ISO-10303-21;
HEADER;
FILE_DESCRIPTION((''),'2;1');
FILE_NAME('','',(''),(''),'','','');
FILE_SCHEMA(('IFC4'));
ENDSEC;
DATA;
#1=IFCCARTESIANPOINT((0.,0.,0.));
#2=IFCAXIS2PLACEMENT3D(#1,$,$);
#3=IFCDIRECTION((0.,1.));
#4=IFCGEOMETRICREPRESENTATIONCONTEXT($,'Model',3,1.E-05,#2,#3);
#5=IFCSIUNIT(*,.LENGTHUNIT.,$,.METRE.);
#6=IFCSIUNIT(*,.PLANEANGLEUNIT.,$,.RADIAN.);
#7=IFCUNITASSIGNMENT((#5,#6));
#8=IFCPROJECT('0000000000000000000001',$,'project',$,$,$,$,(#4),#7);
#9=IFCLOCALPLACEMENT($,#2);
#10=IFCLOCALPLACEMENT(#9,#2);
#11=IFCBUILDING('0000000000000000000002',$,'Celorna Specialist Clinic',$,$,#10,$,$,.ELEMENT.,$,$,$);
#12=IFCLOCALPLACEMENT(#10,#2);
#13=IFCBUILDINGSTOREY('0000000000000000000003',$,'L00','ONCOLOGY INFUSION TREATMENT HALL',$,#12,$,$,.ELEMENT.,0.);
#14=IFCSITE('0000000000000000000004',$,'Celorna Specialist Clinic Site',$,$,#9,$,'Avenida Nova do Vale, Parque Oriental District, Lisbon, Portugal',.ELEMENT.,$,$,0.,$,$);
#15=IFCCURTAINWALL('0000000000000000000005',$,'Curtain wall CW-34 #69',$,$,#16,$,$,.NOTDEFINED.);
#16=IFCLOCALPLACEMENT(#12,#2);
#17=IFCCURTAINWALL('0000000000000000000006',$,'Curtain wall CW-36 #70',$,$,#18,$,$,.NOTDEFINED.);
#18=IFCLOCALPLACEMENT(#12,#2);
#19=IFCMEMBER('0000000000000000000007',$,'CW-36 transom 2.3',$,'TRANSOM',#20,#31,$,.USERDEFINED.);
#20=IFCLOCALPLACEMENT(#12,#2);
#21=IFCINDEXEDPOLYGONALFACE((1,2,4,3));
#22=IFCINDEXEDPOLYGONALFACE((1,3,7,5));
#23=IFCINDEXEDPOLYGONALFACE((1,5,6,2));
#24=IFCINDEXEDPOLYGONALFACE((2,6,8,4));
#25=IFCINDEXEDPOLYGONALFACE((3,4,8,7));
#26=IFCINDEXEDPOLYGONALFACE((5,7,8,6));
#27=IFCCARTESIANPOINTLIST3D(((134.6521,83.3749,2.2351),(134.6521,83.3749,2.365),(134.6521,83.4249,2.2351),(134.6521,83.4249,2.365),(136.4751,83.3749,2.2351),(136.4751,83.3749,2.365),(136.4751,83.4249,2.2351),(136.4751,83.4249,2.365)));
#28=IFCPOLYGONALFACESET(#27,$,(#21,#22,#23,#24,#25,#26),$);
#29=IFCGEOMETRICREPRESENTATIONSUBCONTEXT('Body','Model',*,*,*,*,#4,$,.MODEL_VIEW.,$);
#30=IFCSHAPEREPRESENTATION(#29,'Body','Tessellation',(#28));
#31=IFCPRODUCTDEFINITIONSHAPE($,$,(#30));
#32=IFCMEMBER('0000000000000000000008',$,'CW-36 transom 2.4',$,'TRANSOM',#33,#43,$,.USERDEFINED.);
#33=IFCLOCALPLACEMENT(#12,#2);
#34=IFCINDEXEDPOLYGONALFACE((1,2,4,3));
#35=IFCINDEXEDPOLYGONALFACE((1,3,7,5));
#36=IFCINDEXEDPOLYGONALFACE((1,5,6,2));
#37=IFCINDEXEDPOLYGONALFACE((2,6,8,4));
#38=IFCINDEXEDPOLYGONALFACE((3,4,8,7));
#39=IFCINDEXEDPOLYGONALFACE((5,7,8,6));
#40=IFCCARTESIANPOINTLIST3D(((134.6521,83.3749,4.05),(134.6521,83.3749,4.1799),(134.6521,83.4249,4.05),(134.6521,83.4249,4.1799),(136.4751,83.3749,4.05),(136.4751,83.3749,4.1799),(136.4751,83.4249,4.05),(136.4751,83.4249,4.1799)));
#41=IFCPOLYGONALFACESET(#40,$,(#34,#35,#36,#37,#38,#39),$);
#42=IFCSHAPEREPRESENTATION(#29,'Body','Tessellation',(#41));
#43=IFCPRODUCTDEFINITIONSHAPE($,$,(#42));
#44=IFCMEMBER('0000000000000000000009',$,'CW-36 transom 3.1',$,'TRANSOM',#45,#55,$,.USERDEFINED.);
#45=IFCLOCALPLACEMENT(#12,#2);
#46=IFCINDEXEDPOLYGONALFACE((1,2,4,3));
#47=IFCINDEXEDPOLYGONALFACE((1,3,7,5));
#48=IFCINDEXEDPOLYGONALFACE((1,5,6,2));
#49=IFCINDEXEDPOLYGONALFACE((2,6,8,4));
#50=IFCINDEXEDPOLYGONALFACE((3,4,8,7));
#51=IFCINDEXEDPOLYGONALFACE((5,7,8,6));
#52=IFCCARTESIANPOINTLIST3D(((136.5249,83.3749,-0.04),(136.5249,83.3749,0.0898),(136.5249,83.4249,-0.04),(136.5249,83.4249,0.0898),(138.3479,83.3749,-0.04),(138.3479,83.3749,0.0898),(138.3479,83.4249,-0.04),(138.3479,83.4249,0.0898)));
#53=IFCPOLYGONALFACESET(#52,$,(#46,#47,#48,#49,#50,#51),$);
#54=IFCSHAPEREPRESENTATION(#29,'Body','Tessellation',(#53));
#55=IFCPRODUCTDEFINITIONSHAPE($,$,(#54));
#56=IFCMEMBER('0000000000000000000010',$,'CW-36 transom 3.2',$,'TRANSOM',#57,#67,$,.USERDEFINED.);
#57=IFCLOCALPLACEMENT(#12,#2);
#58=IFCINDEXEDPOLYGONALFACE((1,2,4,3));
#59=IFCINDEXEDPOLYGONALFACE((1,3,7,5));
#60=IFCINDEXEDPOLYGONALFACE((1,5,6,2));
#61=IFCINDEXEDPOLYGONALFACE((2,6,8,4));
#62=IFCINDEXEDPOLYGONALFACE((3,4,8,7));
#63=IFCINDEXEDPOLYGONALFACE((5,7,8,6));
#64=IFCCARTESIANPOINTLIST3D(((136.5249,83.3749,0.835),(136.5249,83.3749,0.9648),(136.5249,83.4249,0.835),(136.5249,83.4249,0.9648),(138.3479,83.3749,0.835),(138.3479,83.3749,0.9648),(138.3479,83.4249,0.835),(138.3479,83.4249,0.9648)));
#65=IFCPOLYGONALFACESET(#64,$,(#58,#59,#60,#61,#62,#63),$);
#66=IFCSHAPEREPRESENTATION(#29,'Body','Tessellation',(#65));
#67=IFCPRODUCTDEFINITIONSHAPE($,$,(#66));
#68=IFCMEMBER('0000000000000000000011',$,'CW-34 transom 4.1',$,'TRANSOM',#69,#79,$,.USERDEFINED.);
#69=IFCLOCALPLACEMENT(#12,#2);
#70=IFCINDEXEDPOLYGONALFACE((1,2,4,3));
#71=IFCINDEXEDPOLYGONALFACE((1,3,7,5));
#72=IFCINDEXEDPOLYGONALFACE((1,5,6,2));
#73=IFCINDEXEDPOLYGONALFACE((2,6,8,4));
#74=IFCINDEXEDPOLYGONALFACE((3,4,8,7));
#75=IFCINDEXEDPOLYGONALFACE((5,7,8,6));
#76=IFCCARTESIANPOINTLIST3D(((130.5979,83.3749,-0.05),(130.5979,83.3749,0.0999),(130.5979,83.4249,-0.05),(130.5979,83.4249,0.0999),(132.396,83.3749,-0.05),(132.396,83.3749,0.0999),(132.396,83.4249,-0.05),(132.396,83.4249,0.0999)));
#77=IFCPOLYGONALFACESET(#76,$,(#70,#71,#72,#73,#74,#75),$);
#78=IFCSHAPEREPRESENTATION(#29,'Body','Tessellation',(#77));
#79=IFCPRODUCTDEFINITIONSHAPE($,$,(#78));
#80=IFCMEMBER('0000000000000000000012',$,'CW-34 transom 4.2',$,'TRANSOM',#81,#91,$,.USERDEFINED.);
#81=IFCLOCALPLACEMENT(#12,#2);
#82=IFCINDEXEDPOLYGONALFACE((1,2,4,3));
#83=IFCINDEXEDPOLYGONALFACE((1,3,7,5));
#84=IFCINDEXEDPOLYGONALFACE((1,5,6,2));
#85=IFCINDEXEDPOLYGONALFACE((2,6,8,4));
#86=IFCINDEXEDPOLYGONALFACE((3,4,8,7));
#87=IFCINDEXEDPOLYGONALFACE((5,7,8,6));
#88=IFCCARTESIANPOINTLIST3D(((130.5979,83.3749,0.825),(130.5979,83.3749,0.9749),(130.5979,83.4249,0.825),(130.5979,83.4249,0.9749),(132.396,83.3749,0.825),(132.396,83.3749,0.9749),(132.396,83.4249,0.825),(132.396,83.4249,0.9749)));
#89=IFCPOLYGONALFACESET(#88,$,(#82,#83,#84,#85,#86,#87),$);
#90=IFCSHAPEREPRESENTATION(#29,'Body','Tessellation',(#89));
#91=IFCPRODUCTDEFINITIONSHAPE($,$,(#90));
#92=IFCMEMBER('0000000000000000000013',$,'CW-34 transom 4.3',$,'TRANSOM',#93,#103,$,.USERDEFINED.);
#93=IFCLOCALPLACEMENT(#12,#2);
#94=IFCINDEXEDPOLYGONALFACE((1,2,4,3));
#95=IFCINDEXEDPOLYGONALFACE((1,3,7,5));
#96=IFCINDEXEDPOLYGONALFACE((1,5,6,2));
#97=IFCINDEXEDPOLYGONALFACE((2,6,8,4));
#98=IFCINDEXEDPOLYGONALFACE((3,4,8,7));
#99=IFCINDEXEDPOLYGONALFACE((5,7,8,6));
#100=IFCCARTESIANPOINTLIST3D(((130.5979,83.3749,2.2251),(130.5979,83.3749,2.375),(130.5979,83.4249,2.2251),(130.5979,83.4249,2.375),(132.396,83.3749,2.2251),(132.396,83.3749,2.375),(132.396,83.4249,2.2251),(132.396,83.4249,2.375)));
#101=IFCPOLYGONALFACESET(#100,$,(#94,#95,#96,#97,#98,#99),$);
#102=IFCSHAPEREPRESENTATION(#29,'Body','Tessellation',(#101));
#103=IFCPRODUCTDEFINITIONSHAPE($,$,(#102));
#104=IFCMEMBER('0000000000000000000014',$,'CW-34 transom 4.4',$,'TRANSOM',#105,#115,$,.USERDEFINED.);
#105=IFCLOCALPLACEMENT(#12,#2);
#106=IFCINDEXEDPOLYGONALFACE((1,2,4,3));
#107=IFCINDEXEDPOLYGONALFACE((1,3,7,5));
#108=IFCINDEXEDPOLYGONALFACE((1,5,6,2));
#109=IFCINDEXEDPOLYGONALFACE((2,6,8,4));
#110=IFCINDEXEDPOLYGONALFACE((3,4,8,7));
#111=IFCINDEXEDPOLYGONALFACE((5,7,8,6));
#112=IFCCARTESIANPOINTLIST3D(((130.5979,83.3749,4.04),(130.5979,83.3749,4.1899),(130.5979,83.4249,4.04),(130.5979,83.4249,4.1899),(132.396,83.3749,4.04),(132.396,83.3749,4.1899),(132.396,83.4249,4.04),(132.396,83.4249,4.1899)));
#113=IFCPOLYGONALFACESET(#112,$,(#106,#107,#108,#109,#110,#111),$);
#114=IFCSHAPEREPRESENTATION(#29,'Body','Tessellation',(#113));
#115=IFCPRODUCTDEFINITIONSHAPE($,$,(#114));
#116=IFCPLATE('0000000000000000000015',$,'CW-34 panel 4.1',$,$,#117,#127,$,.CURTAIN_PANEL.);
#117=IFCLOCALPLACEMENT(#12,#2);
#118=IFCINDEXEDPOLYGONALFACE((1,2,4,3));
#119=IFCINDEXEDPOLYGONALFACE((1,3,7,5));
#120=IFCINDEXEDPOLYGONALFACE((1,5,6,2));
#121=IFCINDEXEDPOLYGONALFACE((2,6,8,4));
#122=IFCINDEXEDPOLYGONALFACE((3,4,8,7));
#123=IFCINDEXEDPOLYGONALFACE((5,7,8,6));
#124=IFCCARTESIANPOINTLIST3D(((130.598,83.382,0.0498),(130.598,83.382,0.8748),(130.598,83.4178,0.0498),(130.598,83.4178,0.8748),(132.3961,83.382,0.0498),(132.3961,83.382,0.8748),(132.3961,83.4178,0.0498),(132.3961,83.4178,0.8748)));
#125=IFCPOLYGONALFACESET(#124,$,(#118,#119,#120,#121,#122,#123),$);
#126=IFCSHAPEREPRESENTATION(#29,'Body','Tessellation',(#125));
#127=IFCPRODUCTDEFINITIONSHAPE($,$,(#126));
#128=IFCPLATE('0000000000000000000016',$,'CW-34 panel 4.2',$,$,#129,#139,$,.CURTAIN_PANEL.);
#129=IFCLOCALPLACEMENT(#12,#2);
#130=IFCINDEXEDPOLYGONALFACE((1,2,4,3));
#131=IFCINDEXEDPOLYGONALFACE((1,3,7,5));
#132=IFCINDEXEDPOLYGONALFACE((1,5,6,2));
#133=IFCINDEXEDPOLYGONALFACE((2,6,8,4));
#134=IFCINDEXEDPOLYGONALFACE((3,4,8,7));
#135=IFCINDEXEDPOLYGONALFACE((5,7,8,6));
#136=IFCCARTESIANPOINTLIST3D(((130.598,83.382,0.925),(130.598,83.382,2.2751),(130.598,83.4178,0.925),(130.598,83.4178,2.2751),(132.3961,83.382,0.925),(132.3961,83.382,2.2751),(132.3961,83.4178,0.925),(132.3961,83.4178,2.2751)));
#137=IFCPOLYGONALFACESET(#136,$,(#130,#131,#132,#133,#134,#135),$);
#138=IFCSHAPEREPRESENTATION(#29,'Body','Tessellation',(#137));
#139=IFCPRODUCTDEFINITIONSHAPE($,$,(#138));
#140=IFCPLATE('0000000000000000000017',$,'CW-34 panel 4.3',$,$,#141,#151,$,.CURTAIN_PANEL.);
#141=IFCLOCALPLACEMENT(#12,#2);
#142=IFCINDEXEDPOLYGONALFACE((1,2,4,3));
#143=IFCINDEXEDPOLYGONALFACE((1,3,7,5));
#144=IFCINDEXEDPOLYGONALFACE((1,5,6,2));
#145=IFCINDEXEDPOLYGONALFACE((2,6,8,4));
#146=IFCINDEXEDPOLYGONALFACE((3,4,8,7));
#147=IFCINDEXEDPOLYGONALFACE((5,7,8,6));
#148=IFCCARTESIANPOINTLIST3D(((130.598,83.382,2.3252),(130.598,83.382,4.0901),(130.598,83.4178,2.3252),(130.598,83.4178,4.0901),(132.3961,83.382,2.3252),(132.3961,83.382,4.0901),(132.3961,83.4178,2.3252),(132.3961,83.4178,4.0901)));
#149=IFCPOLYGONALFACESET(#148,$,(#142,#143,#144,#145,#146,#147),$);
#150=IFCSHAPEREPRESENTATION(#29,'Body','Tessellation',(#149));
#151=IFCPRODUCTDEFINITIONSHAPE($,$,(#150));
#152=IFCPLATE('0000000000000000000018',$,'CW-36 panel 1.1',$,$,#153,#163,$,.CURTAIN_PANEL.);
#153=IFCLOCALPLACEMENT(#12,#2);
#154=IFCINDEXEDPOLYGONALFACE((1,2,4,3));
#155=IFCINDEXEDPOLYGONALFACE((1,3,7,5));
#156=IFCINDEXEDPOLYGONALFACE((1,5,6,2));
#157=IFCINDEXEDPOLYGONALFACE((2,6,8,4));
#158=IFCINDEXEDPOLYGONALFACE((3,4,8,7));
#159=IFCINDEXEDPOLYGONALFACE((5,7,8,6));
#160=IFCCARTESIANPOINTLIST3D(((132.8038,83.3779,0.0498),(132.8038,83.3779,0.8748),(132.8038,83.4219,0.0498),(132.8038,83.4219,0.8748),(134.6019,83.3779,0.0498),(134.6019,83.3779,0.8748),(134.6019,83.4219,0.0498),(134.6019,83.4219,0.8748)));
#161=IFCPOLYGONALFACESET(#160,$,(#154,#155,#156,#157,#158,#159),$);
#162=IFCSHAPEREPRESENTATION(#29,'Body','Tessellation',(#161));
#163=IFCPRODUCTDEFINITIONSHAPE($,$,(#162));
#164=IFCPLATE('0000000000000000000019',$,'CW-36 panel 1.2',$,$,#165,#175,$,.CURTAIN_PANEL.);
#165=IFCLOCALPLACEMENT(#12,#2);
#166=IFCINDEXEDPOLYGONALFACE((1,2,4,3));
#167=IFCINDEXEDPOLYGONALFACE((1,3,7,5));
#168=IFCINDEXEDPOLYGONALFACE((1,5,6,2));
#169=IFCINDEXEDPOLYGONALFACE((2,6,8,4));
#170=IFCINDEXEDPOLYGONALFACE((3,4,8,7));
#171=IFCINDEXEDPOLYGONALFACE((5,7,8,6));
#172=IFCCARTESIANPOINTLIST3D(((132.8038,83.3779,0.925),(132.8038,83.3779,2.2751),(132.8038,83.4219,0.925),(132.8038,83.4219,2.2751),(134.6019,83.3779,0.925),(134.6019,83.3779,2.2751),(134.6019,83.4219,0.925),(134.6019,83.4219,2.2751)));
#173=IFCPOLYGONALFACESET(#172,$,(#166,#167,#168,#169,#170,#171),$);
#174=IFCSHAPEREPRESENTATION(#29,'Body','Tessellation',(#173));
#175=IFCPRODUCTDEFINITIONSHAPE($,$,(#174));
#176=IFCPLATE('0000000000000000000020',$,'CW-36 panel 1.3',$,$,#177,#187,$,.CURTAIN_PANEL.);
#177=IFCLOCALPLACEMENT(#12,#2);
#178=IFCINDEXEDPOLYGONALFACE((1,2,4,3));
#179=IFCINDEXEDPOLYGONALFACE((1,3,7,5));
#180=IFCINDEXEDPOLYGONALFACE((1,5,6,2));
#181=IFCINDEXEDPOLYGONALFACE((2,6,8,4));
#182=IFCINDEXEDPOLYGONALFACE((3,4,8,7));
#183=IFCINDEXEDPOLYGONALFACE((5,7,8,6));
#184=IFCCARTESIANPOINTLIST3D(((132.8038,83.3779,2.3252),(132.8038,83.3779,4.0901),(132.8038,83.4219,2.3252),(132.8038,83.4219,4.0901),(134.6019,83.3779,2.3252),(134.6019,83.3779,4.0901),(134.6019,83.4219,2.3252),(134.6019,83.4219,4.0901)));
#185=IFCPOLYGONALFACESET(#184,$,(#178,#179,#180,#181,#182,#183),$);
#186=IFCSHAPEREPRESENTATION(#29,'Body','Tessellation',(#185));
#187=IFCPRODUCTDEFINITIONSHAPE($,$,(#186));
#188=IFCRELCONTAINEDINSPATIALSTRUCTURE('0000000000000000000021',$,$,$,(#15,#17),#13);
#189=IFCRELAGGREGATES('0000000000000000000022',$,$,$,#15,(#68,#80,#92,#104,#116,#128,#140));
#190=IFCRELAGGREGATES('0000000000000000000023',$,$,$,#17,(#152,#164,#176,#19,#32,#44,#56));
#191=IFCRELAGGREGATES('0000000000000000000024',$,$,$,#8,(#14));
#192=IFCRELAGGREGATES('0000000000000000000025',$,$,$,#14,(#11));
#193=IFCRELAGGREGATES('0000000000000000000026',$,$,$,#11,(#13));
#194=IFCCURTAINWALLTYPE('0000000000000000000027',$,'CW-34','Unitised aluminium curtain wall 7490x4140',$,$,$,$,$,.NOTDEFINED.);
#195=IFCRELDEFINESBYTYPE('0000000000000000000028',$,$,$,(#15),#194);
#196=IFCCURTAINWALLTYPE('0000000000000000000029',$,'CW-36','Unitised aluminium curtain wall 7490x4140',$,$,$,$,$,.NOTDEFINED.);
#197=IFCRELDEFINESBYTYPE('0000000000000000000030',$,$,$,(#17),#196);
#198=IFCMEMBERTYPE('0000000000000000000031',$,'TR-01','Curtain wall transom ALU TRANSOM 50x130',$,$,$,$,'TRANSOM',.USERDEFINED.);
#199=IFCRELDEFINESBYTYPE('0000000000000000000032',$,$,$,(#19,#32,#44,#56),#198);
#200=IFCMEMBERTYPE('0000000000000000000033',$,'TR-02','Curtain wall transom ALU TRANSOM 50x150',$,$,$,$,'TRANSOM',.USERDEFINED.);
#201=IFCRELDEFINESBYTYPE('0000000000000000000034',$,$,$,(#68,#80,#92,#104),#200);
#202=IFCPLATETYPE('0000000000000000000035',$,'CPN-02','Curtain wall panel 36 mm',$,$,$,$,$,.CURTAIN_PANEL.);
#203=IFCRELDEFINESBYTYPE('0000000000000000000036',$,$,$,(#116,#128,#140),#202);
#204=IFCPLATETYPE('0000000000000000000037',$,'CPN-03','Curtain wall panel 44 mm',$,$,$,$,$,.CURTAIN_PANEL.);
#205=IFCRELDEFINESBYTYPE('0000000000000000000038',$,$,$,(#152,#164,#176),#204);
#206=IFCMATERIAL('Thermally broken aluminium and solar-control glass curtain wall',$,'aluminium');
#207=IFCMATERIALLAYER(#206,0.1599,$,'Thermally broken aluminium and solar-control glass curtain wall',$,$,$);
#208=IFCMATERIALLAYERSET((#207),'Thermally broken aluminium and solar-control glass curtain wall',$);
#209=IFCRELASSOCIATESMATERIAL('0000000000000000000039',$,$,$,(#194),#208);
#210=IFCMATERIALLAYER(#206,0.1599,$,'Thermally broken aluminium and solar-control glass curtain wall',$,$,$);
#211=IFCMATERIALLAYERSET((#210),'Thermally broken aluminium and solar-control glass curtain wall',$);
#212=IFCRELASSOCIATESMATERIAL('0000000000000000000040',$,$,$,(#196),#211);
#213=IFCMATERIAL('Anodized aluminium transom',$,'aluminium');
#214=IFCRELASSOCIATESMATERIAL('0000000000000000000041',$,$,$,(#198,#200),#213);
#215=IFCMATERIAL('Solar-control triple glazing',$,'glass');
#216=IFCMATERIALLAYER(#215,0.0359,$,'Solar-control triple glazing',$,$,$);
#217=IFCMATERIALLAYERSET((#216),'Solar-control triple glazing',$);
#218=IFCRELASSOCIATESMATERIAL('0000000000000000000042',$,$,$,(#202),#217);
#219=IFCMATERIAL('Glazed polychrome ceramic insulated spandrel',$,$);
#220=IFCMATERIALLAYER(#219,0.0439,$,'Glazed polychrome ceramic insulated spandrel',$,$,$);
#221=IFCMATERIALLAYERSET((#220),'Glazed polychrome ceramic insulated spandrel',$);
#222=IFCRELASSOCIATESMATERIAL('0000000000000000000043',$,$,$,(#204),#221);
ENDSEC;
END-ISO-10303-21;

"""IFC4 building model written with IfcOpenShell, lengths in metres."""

from ifc_helpers import new_model, si_unit, direction, frame, origin, origin_2d, place, context, subcontext, project, spatial, rectangle, extrude, material, layer, layer_set, material_profile, profile_set, type_object, element, aggregate, save


model = new_model("IFC4")

# Units and contexts
model_context = context("Model", 3, precision=1e-05, world=origin(), true_north=direction((0.0, 1.0)))
body_context = subcontext(model_context, "Body", "Model", "MODEL_VIEW")
ifc_project = project(units=[si_unit("LENGTHUNIT", "METRE"), si_unit("PLANEANGLEUNIT", "RADIAN")], contexts=[model_context])

# Site, building, storey
site_placement = place(None, origin())
site = spatial("IfcSite", under=ifc_project, at=site_placement, Name="Celorna Specialist Clinic Site", LongName="Avenida Nova do Vale, Parque Oriental District, Lisbon, Portugal", CompositionType="ELEMENT", RefElevation=0.0)
building_placement = place(site_placement, origin())
building = spatial("IfcBuilding", under=site, at=building_placement, Name="Celorna Specialist Clinic", CompositionType="ELEMENT")
storey_placement = place(building_placement, origin())
storey = spatial("IfcBuildingStorey", under=building, at=storey_placement, Name="L00", Description="ONCOLOGY INFUSION TREATMENT HALL", CompositionType="ELEMENT", Elevation=0.0)

# Curtain walls, members
ifc_material_1 = material(Name="Thermally broken aluminium and solar-control glass curtain wall", Category="aluminium")
ifc_layer_1 = layer(ifc_material_1, 0.1599, Name="Thermally broken aluminium and solar-control glass curtain wall")
ifc_layer_set_1 = layer_set([ifc_layer_1], Name="Thermally broken aluminium and solar-control glass curtain wall")
curtain_wall_type_1 = type_object("IfcCurtainWallType", Name="CW-34", Description="Unitised aluminium curtain wall 7490x4140", PredefinedType="NOTDEFINED", material=ifc_layer_set_1)
curtain_wall_1_placement = place(storey_placement, origin())
curtain_wall_1 = element("IfcCurtainWall", 1, at=curtain_wall_1_placement, inside=storey, type_object=curtain_wall_type_1, Name="Curtain wall CW-34 #69", PredefinedType="NOTDEFINED")
ifc_layer_2 = layer(ifc_material_1, 0.1599, Name="Thermally broken aluminium and solar-control glass curtain wall")
ifc_layer_set_2 = layer_set([ifc_layer_2], Name="Thermally broken aluminium and solar-control glass curtain wall")
curtain_wall_type_2 = type_object("IfcCurtainWallType", Name="CW-36", Description="Unitised aluminium curtain wall 7490x4140", PredefinedType="NOTDEFINED", material=ifc_layer_set_2)
curtain_wall_2_placement = place(storey_placement, origin())
curtain_wall_2 = element("IfcCurtainWall", 2, at=curtain_wall_2_placement, inside=storey, type_object=curtain_wall_type_2, Name="Curtain wall CW-36 #70", PredefinedType="NOTDEFINED")
ifc_material_2 = material(Name="Anodized aluminium transom", Category="aluminium")
ifc_material_profile_1 = material_profile(ifc_material_2, rectangle(XDim=0.05, YDim=0.1299, at=origin_2d()), Name="ALU TRANSOM 50x130")
ifc_profile_set_1 = profile_set([ifc_material_profile_1], Name="Anodized aluminium transom")
member_type_1 = type_object("IfcMemberType", Name="TR-01", Description="Curtain wall transom ALU TRANSOM 50x130", ElementType="TRANSOM", PredefinedType="USERDEFINED", material=ifc_profile_set_1)
member_1_placement = place(storey_placement, frame((134.6521, 83.3999, 2.3), z_axis=(1.0, 0.0, 0.0), x_axis=(0.0, 1.0, 0.0)))
member_1 = element("IfcMember", 3, at=member_1_placement, type_object=member_type_1, Name="CW-36 transom 2.3", ObjectType="TRANSOM", PredefinedType="USERDEFINED", context=body_context, shape_type="SweptSolid", body=[
    extrude(rectangle(XDim=0.05, YDim=0.1299, at=origin_2d()), origin(), (0.0, 0.0, 1.0), 1.823),
])
member_2_placement = place(storey_placement, frame((134.6521, 83.3999, 4.115), z_axis=(1.0, 0.0, 0.0), x_axis=(0.0, 1.0, 0.0)))
member_2 = element("IfcMember", 4, at=member_2_placement, type_object=member_type_1, Name="CW-36 transom 2.4", ObjectType="TRANSOM", PredefinedType="USERDEFINED", context=body_context, shape_type="SweptSolid", body=[
    extrude(rectangle(XDim=0.05, YDim=0.1299, at=origin_2d()), origin(), (0.0, 0.0, 1.0), 1.823),
])
member_3_placement = place(storey_placement, frame((136.5249, 83.3999, 0.0249), z_axis=(1.0, 0.0, 0.0), x_axis=(0.0, 1.0, 0.0)))
member_3 = element("IfcMember", 5, at=member_3_placement, type_object=member_type_1, Name="CW-36 transom 3.1", ObjectType="TRANSOM", PredefinedType="USERDEFINED", context=body_context, shape_type="SweptSolid", body=[
    extrude(rectangle(XDim=0.05, YDim=0.1299, at=origin_2d()), origin(), (0.0, 0.0, 1.0), 1.823),
])
member_4_placement = place(storey_placement, frame((136.5249, 83.3999, 0.8999), z_axis=(1.0, 0.0, 0.0), x_axis=(0.0, 1.0, 0.0)))
member_4 = element("IfcMember", 6, at=member_4_placement, type_object=member_type_1, Name="CW-36 transom 3.2", ObjectType="TRANSOM", PredefinedType="USERDEFINED", context=body_context, shape_type="SweptSolid", body=[
    extrude(rectangle(XDim=0.05, YDim=0.1299, at=origin_2d()), origin(), (0.0, 0.0, 1.0), 1.823),
])

# Members
ifc_material_profile_2 = material_profile(ifc_material_2, rectangle(XDim=0.05, YDim=0.1499, at=origin_2d()), Name="ALU TRANSOM 50x150")
ifc_profile_set_2 = profile_set([ifc_material_profile_2], Name="Anodized aluminium transom")
member_type_2 = type_object("IfcMemberType", Name="TR-02", Description="Curtain wall transom ALU TRANSOM 50x150", ElementType="TRANSOM", PredefinedType="USERDEFINED", material=ifc_profile_set_2)
member_5_placement = place(storey_placement, frame((130.5979, 83.3999, 0.0249), z_axis=(1.0, 0.0, 0.0), x_axis=(0.0, 1.0, 0.0)))
member_5 = element("IfcMember", 7, at=member_5_placement, type_object=member_type_2, Name="CW-34 transom 4.1", ObjectType="TRANSOM", PredefinedType="USERDEFINED", context=body_context, shape_type="SweptSolid", body=[
    extrude(rectangle(XDim=0.05, YDim=0.1499, at=origin_2d()), origin(), (0.0, 0.0, 1.0), 1.7981),
])
member_6_placement = place(storey_placement, frame((130.5979, 83.3999, 0.8999), z_axis=(1.0, 0.0, 0.0), x_axis=(0.0, 1.0, 0.0)))
member_6 = element("IfcMember", 8, at=member_6_placement, type_object=member_type_2, Name="CW-34 transom 4.2", ObjectType="TRANSOM", PredefinedType="USERDEFINED", context=body_context, shape_type="SweptSolid", body=[
    extrude(rectangle(XDim=0.05, YDim=0.1499, at=origin_2d()), origin(), (0.0, 0.0, 1.0), 1.7981),
])
member_7_placement = place(storey_placement, frame((130.5979, 83.3999, 2.3), z_axis=(1.0, 0.0, 0.0), x_axis=(0.0, 1.0, 0.0)))
member_7 = element("IfcMember", 9, at=member_7_placement, type_object=member_type_2, Name="CW-34 transom 4.3", ObjectType="TRANSOM", PredefinedType="USERDEFINED", context=body_context, shape_type="SweptSolid", body=[
    extrude(rectangle(XDim=0.05, YDim=0.1499, at=origin_2d()), origin(), (0.0, 0.0, 1.0), 1.7981),
])
member_8_placement = place(storey_placement, frame((130.5979, 83.3999, 4.115), z_axis=(1.0, 0.0, 0.0), x_axis=(0.0, 1.0, 0.0)))
member_8 = element("IfcMember", 10, at=member_8_placement, type_object=member_type_2, Name="CW-34 transom 4.4", ObjectType="TRANSOM", PredefinedType="USERDEFINED", context=body_context, shape_type="SweptSolid", body=[
    extrude(rectangle(XDim=0.05, YDim=0.1499, at=origin_2d()), origin(), (0.0, 0.0, 1.0), 1.7981),
])

# Plates
ifc_material_3 = material(Name="Solar-control triple glazing", Category="glass")
ifc_layer_3 = layer(ifc_material_3, 0.0359, Name="Solar-control triple glazing")
ifc_layer_set_3 = layer_set([ifc_layer_3], Name="Solar-control triple glazing")
plate_type_1 = type_object("IfcPlateType", Name="CPN-02", Description="Curtain wall panel 36 mm", PredefinedType="CURTAIN_PANEL", material=ifc_layer_set_3)
plate_1_placement = place(storey_placement, frame((131.4971, 83.3999, 0.0498), z_axis=(0.0, 0.0, 1.0), x_axis=(1.0, 0.0, 0.0)))
plate_1 = element("IfcPlate", 11, at=plate_1_placement, type_object=plate_type_1, Name="CW-34 panel 4.1", PredefinedType="CURTAIN_PANEL", context=body_context, shape_type="SweptSolid", body=[
    extrude(rectangle(XDim=1.7981, YDim=0.0359, at=origin_2d()), origin(), (0.0, 0.0, 1.0), 0.825),
])
plate_2_placement = place(storey_placement, frame((131.4971, 83.3999, 0.925), z_axis=(0.0, 0.0, 1.0), x_axis=(1.0, 0.0, 0.0)))
plate_2 = element("IfcPlate", 12, at=plate_2_placement, type_object=plate_type_1, Name="CW-34 panel 4.2", PredefinedType="CURTAIN_PANEL", context=body_context, shape_type="SweptSolid", body=[
    extrude(rectangle(XDim=1.7981, YDim=0.0359, at=origin_2d()), origin(), (0.0, 0.0, 1.0), 1.3501),
])
plate_3_placement = place(storey_placement, frame((131.4971, 83.3999, 2.3252), z_axis=(0.0, 0.0, 1.0), x_axis=(1.0, 0.0, 0.0)))
plate_3 = element("IfcPlate", 13, at=plate_3_placement, type_object=plate_type_1, Name="CW-34 panel 4.3", PredefinedType="CURTAIN_PANEL", context=body_context, shape_type="SweptSolid", body=[
    extrude(rectangle(XDim=1.7981, YDim=0.0359, at=origin_2d()), origin(), (0.0, 0.0, 1.0), 1.7649),
])
aggregate(curtain_wall_1, [member_5, member_6, member_7, member_8, plate_1, plate_2, plate_3])
ifc_material_4 = material(Name="Glazed polychrome ceramic insulated spandrel")
ifc_layer_4 = layer(ifc_material_4, 0.0439, Name="Glazed polychrome ceramic insulated spandrel")
ifc_layer_set_4 = layer_set([ifc_layer_4], Name="Glazed polychrome ceramic insulated spandrel")
plate_type_2 = type_object("IfcPlateType", Name="CPN-03", Description="Curtain wall panel 44 mm", PredefinedType="CURTAIN_PANEL", material=ifc_layer_set_4)
plate_4_placement = place(storey_placement, frame((133.7029, 83.3999, 0.0498), z_axis=(0.0, 0.0, 1.0), x_axis=(1.0, 0.0, 0.0)))
plate_4 = element("IfcPlate", 14, at=plate_4_placement, type_object=plate_type_2, Name="CW-36 panel 1.1", PredefinedType="CURTAIN_PANEL", context=body_context, shape_type="SweptSolid", body=[
    extrude(rectangle(XDim=1.7981, YDim=0.0439, at=origin_2d()), origin(), (0.0, 0.0, 1.0), 0.825),
])
plate_5_placement = place(storey_placement, frame((133.7029, 83.3999, 0.925), z_axis=(0.0, 0.0, 1.0), x_axis=(1.0, 0.0, 0.0)))
plate_5 = element("IfcPlate", 15, at=plate_5_placement, type_object=plate_type_2, Name="CW-36 panel 1.2", PredefinedType="CURTAIN_PANEL", context=body_context, shape_type="SweptSolid", body=[
    extrude(rectangle(XDim=1.7981, YDim=0.0439, at=origin_2d()), origin(), (0.0, 0.0, 1.0), 1.3501),
])
plate_6_placement = place(storey_placement, frame((133.7029, 83.3999, 2.3252), z_axis=(0.0, 0.0, 1.0), x_axis=(1.0, 0.0, 0.0)))
plate_6 = element("IfcPlate", 16, at=plate_6_placement, type_object=plate_type_2, Name="CW-36 panel 1.3", PredefinedType="CURTAIN_PANEL", context=body_context, shape_type="SweptSolid", body=[
    extrude(rectangle(XDim=1.7981, YDim=0.0439, at=origin_2d()), origin(), (0.0, 0.0, 1.0), 1.7649),
])
aggregate(curtain_wall_2, [plate_4, plate_5, plate_6, member_1, member_2, member_3, member_4])

save(model, "model.ifc")
